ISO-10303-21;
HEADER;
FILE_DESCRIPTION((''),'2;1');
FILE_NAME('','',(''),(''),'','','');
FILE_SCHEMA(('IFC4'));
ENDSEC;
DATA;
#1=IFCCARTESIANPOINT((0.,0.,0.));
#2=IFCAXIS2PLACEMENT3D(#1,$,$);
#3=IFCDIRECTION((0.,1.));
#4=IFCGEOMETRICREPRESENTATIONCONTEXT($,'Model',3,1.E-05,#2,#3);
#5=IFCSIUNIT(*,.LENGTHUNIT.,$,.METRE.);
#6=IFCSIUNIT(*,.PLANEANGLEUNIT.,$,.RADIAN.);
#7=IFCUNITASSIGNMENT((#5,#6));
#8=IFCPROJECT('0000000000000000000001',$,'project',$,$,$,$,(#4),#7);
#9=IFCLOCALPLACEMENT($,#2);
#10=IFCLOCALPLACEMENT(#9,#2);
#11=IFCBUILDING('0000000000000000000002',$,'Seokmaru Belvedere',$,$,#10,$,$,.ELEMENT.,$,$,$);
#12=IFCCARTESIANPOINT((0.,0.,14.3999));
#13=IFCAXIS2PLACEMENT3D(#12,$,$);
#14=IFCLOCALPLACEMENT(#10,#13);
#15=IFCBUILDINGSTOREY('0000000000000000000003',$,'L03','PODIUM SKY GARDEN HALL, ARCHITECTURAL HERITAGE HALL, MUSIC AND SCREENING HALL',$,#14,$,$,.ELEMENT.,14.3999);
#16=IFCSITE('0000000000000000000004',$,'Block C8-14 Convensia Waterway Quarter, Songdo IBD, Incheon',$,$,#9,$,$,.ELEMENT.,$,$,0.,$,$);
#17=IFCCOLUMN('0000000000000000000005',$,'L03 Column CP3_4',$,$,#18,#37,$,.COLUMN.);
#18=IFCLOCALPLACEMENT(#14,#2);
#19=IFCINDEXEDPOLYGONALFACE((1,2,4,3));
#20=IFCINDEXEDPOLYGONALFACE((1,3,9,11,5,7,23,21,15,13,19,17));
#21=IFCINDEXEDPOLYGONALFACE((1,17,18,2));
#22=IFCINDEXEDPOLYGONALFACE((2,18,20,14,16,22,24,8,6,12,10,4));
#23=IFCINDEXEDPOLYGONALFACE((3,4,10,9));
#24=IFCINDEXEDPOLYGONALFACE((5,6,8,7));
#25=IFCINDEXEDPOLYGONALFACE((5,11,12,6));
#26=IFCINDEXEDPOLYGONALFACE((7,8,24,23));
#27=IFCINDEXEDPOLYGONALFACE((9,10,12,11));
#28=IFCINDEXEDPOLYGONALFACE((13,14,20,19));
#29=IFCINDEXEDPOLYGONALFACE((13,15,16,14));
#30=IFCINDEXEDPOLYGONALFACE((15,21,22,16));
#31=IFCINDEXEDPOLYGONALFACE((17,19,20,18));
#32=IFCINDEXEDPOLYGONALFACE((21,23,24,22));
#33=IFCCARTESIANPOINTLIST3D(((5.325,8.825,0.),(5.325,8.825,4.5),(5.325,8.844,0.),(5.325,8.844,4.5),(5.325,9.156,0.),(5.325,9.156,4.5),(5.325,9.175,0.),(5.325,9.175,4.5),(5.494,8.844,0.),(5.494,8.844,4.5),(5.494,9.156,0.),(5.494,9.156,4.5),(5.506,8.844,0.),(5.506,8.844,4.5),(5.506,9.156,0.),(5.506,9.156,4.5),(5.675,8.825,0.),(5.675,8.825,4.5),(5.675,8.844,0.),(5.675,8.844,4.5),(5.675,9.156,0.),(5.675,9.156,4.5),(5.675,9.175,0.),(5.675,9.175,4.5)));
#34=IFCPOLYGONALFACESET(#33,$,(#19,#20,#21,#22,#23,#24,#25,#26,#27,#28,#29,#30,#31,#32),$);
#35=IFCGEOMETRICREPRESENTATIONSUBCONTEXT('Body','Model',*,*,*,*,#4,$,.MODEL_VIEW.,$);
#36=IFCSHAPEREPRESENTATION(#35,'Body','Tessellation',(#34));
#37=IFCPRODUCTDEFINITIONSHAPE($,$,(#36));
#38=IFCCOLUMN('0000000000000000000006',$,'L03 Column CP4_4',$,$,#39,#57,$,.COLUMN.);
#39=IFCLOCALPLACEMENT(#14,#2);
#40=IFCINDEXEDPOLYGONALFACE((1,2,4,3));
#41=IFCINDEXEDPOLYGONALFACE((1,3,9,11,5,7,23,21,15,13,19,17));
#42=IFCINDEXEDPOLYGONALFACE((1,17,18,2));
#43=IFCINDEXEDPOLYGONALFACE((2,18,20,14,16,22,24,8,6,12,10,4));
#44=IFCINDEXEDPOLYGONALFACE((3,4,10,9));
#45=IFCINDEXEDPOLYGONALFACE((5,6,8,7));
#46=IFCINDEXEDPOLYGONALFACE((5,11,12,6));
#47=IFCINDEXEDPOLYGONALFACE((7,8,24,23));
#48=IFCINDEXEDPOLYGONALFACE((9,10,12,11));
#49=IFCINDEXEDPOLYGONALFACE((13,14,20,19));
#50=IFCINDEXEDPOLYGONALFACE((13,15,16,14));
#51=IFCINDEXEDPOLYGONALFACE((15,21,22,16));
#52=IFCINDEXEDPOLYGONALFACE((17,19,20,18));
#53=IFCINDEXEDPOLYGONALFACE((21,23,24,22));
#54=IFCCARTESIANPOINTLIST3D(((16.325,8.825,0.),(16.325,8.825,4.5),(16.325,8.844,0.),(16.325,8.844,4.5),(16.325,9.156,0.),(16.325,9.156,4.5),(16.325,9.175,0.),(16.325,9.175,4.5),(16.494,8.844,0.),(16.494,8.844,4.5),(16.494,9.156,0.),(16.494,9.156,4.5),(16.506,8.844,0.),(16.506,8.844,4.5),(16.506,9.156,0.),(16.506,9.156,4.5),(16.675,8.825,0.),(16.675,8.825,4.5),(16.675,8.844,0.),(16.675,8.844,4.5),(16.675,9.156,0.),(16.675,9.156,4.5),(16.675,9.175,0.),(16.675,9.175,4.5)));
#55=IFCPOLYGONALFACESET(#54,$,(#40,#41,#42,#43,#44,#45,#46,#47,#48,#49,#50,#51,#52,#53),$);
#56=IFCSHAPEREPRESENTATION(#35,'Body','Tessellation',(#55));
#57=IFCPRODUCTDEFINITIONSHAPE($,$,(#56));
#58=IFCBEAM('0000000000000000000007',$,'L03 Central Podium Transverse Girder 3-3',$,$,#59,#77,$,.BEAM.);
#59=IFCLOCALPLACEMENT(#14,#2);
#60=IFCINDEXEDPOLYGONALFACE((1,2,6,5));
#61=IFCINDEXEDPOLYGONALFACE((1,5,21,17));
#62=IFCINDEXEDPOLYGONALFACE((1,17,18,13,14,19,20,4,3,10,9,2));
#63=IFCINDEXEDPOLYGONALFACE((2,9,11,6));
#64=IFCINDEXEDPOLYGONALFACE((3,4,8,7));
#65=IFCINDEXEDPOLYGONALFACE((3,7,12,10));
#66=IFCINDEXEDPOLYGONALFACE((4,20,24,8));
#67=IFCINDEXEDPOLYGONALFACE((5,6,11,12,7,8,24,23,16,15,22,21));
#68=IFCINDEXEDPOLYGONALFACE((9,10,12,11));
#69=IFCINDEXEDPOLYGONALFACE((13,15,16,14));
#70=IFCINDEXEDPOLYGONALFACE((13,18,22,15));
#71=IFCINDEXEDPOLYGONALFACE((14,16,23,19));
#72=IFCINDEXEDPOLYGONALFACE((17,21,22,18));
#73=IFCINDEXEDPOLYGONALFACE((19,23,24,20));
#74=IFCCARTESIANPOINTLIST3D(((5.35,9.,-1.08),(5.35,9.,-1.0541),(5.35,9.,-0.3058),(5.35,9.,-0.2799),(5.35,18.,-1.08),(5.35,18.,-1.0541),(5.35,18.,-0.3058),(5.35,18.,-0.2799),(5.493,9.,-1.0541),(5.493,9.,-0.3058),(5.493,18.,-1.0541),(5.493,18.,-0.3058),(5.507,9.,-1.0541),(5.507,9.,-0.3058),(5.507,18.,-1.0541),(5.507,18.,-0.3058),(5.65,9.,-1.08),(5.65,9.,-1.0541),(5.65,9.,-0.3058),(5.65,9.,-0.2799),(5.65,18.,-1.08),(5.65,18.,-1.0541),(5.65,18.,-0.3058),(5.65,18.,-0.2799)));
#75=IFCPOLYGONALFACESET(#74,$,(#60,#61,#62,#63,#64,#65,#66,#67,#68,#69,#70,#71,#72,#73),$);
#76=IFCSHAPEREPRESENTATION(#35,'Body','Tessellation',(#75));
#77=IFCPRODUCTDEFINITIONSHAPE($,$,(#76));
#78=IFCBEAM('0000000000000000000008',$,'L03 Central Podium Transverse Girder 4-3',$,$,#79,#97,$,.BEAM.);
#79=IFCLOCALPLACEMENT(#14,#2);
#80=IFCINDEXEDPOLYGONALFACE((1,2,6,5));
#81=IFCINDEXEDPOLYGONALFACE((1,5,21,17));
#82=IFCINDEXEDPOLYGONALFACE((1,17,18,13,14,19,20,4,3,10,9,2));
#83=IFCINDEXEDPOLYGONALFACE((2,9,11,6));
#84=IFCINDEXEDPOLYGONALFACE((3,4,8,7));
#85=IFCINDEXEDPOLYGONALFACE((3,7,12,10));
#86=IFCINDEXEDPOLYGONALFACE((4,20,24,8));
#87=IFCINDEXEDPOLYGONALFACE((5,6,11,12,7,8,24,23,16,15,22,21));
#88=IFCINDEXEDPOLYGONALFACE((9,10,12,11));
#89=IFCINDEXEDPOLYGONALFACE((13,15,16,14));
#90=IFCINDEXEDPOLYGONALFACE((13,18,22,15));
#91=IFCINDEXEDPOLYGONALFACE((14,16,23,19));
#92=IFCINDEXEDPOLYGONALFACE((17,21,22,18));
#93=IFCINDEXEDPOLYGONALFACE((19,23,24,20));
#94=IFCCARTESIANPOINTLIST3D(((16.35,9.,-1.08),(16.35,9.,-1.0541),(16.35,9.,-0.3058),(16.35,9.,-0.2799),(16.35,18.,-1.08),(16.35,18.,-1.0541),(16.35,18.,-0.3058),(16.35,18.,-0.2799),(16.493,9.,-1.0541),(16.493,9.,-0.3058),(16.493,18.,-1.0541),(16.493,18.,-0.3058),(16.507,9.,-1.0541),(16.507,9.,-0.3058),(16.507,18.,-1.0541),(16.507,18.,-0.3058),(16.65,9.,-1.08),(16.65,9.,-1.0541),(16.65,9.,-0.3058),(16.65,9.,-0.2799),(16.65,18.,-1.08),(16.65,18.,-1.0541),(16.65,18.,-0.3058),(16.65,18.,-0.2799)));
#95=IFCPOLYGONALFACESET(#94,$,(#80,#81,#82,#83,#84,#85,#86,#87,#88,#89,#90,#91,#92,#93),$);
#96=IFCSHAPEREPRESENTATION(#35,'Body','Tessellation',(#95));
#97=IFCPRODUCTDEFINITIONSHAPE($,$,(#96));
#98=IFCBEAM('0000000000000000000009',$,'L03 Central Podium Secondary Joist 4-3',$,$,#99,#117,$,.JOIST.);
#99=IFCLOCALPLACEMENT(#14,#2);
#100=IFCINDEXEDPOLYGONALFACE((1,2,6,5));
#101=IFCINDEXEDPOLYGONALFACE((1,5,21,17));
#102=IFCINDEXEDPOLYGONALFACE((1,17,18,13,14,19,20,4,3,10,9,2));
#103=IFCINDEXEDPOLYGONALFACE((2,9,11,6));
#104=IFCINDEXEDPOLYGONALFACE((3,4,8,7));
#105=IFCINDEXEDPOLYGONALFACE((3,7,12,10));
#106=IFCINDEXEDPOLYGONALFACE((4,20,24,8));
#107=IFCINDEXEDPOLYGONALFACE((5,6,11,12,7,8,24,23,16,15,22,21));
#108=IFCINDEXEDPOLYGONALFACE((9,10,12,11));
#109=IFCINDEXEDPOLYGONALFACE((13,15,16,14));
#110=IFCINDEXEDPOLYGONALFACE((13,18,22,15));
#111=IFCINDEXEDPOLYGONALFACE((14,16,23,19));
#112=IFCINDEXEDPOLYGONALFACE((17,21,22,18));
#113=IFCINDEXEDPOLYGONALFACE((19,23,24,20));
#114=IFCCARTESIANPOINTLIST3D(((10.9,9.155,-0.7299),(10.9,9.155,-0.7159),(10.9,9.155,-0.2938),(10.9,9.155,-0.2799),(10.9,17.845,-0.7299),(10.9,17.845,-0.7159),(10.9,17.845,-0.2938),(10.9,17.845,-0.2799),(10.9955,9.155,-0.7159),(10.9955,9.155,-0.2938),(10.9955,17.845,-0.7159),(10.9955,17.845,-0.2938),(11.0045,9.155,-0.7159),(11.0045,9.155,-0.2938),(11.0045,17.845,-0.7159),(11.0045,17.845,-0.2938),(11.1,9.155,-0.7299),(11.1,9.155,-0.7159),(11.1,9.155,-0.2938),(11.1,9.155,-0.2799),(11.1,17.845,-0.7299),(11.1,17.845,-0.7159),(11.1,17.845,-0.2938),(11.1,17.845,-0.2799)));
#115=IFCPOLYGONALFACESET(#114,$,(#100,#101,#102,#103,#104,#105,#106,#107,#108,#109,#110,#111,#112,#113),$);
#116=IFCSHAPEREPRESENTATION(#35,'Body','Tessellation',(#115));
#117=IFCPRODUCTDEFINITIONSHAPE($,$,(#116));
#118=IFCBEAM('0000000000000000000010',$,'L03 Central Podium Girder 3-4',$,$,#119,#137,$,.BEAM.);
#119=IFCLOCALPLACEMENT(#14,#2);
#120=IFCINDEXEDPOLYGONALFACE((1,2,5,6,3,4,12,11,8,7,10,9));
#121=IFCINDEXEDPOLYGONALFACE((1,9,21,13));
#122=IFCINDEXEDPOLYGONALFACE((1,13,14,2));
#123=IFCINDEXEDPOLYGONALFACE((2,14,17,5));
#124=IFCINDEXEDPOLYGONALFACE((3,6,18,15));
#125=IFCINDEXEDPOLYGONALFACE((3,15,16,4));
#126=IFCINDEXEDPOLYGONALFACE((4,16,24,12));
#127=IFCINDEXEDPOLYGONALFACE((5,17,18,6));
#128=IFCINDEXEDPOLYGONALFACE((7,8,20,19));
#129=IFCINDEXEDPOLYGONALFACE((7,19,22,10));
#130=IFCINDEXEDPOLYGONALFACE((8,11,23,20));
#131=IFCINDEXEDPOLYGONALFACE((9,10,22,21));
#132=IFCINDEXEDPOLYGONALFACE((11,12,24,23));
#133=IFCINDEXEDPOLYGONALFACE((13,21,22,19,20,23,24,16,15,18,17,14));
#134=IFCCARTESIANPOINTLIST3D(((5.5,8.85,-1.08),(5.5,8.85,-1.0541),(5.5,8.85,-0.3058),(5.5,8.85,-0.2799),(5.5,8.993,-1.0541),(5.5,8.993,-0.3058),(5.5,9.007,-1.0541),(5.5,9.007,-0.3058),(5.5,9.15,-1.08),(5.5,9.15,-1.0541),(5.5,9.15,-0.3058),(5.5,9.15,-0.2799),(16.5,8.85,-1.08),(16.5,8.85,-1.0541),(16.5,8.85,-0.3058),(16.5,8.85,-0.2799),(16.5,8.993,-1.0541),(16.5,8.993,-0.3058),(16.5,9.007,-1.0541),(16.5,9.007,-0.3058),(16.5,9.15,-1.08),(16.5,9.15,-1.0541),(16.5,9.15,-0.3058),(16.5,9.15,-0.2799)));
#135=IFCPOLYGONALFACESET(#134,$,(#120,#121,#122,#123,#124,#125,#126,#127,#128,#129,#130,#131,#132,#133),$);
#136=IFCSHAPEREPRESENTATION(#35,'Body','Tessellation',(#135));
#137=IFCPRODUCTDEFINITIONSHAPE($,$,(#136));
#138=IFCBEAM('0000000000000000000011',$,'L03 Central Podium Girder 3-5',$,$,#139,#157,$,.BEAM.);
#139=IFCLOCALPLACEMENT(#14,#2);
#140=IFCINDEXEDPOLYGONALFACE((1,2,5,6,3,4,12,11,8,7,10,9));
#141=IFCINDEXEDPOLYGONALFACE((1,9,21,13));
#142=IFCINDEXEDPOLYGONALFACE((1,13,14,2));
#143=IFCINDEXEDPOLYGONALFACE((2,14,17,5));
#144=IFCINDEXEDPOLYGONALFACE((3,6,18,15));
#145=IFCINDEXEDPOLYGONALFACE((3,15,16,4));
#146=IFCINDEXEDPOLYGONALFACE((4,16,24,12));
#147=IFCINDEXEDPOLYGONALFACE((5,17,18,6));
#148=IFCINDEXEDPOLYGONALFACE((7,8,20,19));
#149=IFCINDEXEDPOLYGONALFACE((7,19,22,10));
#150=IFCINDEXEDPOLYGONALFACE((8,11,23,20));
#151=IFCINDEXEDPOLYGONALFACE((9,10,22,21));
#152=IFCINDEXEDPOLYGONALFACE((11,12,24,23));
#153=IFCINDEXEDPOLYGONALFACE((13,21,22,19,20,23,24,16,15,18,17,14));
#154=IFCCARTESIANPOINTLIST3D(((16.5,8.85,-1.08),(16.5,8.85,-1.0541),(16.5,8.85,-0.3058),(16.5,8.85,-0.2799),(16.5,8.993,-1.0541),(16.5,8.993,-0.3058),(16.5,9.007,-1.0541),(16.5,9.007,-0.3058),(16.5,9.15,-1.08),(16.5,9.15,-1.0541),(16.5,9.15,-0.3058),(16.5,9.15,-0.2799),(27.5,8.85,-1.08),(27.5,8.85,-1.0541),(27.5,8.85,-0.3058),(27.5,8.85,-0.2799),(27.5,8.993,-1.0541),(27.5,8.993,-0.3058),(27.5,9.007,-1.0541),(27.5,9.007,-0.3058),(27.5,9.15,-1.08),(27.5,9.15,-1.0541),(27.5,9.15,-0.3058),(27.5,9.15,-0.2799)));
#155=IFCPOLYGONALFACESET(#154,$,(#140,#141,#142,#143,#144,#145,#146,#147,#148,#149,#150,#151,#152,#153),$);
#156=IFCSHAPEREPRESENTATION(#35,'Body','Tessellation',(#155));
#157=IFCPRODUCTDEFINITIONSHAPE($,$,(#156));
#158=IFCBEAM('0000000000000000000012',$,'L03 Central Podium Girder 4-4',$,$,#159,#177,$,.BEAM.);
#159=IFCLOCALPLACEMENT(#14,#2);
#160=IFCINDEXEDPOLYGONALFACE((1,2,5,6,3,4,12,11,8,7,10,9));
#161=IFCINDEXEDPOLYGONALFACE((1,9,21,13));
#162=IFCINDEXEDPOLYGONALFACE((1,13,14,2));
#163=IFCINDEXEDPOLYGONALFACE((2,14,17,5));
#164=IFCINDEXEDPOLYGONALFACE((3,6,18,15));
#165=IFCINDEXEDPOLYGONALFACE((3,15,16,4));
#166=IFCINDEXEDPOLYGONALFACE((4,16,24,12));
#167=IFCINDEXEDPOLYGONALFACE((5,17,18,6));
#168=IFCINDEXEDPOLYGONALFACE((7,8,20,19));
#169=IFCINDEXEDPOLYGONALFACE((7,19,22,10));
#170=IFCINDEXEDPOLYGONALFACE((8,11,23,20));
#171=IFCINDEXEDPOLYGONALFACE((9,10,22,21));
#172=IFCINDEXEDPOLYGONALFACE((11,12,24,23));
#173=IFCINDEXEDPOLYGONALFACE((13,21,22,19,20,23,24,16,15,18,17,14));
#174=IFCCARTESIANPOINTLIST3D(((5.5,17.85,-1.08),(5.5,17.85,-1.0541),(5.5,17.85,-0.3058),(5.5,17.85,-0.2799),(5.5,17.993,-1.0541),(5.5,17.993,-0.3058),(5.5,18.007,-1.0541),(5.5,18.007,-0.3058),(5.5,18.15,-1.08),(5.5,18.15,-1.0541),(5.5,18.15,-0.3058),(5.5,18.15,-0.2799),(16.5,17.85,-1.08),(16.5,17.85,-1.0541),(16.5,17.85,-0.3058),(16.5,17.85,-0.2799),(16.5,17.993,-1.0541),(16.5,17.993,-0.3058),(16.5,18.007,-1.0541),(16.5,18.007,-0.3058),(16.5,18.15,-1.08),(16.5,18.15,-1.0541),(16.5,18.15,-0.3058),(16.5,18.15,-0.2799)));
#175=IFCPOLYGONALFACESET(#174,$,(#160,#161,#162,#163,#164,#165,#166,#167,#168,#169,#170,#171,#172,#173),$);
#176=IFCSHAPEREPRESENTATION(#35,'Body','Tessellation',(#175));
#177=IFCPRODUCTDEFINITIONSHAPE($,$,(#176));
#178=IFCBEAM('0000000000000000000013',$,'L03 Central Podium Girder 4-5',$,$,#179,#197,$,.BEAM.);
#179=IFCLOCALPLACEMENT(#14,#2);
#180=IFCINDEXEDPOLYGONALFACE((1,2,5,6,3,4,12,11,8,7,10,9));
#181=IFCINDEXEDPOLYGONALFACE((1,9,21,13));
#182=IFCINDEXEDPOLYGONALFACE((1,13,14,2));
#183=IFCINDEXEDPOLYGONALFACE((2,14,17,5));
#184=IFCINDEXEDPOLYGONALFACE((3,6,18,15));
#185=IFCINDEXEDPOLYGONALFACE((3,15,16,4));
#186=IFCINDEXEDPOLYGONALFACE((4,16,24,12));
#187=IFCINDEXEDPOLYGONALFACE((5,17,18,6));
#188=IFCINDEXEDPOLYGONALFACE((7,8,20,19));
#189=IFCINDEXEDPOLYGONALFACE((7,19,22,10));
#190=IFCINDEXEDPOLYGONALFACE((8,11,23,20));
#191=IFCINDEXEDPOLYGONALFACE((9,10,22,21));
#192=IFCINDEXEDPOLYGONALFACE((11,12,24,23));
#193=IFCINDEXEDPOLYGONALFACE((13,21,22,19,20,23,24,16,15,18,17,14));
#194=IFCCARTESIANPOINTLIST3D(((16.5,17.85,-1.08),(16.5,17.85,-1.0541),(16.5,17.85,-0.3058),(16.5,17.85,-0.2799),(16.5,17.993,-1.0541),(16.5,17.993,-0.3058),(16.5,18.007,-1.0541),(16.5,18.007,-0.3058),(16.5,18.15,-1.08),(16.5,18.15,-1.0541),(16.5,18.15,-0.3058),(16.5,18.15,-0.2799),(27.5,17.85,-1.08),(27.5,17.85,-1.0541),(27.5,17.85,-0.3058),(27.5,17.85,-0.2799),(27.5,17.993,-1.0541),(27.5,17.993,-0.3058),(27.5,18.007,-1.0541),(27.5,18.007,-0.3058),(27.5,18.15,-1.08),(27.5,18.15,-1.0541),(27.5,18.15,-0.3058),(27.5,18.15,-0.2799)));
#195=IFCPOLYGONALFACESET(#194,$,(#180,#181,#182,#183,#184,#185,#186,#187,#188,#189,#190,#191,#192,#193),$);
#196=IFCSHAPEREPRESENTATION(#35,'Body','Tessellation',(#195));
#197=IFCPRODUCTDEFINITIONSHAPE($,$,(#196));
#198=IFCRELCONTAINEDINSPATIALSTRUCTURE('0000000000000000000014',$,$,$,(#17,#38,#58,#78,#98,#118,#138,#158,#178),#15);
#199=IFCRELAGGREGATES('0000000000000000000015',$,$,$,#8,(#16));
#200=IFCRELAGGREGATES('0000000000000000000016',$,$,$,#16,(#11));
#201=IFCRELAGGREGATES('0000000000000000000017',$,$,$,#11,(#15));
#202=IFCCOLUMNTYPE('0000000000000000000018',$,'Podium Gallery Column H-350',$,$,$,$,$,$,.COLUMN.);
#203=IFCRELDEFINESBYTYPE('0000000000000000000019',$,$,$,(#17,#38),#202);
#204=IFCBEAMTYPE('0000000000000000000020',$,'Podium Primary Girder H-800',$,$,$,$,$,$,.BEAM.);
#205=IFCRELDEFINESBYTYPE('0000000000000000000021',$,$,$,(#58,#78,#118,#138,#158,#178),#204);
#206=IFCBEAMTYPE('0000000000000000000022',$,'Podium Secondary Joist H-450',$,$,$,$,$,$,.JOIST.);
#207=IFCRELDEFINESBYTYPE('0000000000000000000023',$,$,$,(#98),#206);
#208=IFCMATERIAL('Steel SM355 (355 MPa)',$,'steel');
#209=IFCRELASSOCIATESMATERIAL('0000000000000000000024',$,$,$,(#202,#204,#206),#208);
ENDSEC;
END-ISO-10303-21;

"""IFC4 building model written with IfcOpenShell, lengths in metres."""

from ifc_helpers import new_model, si_unit, direction, frame, origin, origin_2d, place, context, subcontext, project, spatial, i_section, extrude, source, transform, mapped, material, material_profile, profile_set, type_object, type_shapes, element, save


model = new_model("IFC4")

# Units and contexts
model_context = context("Model", 3, precision=1e-05, world=origin(), true_north=direction((0.0, 1.0)))
body_context = subcontext(model_context, "Body", "Model", "MODEL_VIEW")
ifc_project = project(units=[si_unit("LENGTHUNIT", "METRE"), si_unit("PLANEANGLEUNIT", "RADIAN")], contexts=[model_context])

# Site, building, storey
site_placement = place(None, origin())
site = spatial("IfcSite", under=ifc_project, at=site_placement, Name="Block C8-14 Convensia Waterway Quarter, Songdo IBD, Incheon", CompositionType="ELEMENT", RefElevation=0.0)
building_placement = place(site_placement, origin())
building = spatial("IfcBuilding", under=site, at=building_placement, Name="Seokmaru Belvedere", CompositionType="ELEMENT")
storey_placement = place(building_placement, frame((0.0, 0.0, 14.3999)))
storey = spatial("IfcBuildingStorey", under=building, at=storey_placement, Name="L03", Description="PODIUM SKY GARDEN HALL, ARCHITECTURAL HERITAGE HALL, MUSIC AND SCREENING HALL", CompositionType="ELEMENT", Elevation=14.3999)

# Columns
ifc_material_1 = material(Name="Steel SM355 (355 MPa)", Category="steel")
ifc_material_profile_1 = material_profile(ifc_material_1, i_section(OverallWidth=0.3501, OverallDepth=0.3501, WebThickness=0.012, FlangeThickness=0.019, at=origin_2d()), Name="H-350x350x12x19")
ifc_profile_set_1 = profile_set([ifc_material_profile_1], Name="Steel SM355 (355 MPa)")
column_type = type_object("IfcColumnType", Name="Podium Gallery Column H-350", PredefinedType="COLUMN", material=ifc_profile_set_1)
shared_shape_1 = source(origin(), body_context, "Body", "SweptSolid", [
    extrude(i_section(OverallWidth=0.3501, OverallDepth=0.3501, WebThickness=0.012, FlangeThickness=0.019, at=origin_2d()), origin(), (0.0, 0.0, 1.0), 4.5),
])
type_shapes(column_type, [shared_shape_1])
for number, where, z_axis, x_axis, name in (
    (1, (5.5, 9.0, 0.0), (0.0, 0.0, 1.0), (1.0, 0.0, 0.0), "L03 Column CP3_4"),
    (2, (16.5, 9.0, 0.0), (0.0, 0.0, 1.0), (1.0, 0.0, 0.0), "L03 Column CP4_4"),
):
    element("IfcColumn", number, at=place(storey_placement, frame(where, z_axis=z_axis, x_axis=x_axis)), inside=storey, type_object=column_type, Name=name, PredefinedType="COLUMN", context=body_context, shape_type="MappedRepresentation", body=[
        mapped(shared_shape_1, transform((0.0, 0.0, 0.0), scale=1.0)),
    ])

# Beams
ifc_material_profile_2 = material_profile(ifc_material_1, i_section(OverallWidth=0.3, OverallDepth=0.8, WebThickness=0.0139, FlangeThickness=0.0259, at=origin_2d()), Name="H-800x300x14x26")
ifc_profile_set_2 = profile_set([ifc_material_profile_2], Name="Steel SM355 (355 MPa)")
beam_type_1 = type_object("IfcBeamType", Name="Podium Primary Girder H-800", PredefinedType="BEAM", material=ifc_profile_set_2)
shared_shape_2 = source(origin(), body_context, "Body", "SweptSolid", [
    extrude(i_section(OverallWidth=0.3, OverallDepth=0.8, WebThickness=0.0139, FlangeThickness=0.0259, at=origin_2d()), origin(), (0.0, 0.0, 1.0), 9.0),
])
for number, where, z_axis, x_axis, name in (
    (3, (5.5, 9.0, -0.6799), (0.0, 1.0, 0.0), (-1.0, 0.0, 0.0), "L03 Central Podium Transverse Girder 3-3"),
    (4, (16.5, 9.0, -0.6799), (0.0, 1.0, 0.0), (-1.0, 0.0, 0.0), "L03 Central Podium Transverse Girder 4-3"),
):
    element("IfcBeam", number, at=place(storey_placement, frame(where, z_axis=z_axis, x_axis=x_axis)), inside=storey, type_object=beam_type_1, Name=name, PredefinedType="BEAM", context=body_context, shape_type="MappedRepresentation", body=[
        mapped(shared_shape_2, transform((0.0, 0.0, 0.0), scale=1.0)),
    ])
ifc_material_profile_3 = material_profile(ifc_material_1, i_section(OverallWidth=0.2, OverallDepth=0.45, WebThickness=0.009, FlangeThickness=0.0139, at=origin_2d()), Name="H-450x200x9x14")
ifc_profile_set_3 = profile_set([ifc_material_profile_3], Name="Steel SM355 (355 MPa)")
beam_type_2 = type_object("IfcBeamType", Name="Podium Secondary Joist H-450", PredefinedType="JOIST", material=ifc_profile_set_3)
shared_shape_3 = source(origin(), body_context, "Body", "SweptSolid", [
    extrude(i_section(OverallWidth=0.2, OverallDepth=0.45, WebThickness=0.009, FlangeThickness=0.0139, at=origin_2d()), origin(), (0.0, 0.0, 1.0), 8.6899),
])
type_shapes(beam_type_2, [shared_shape_3])
beam_placement = place(storey_placement, frame((11.0, 9.155, -0.5049), z_axis=(0.0, 1.0, 0.0), x_axis=(-1.0, 0.0, 0.0)))
element("IfcBeam", 5, at=beam_placement, inside=storey, type_object=beam_type_2, Name="L03 Central Podium Secondary Joist 4-3", PredefinedType="JOIST", context=body_context, shape_type="MappedRepresentation", body=[
    mapped(shared_shape_3, transform((0.0, 0.0, 0.0), scale=1.0)),
])
shared_shape_4 = source(origin(), body_context, "Body", "SweptSolid", [
    extrude(i_section(OverallWidth=0.3, OverallDepth=0.8, WebThickness=0.0139, FlangeThickness=0.0259, at=origin_2d()), origin(), (0.0, 0.0, 1.0), 11.0),
])
type_shapes(beam_type_1, [shared_shape_2, shared_shape_4])
for number, where, z_axis, x_axis, name in (
    (6, (5.5, 9.0, -0.6799), (1.0, 0.0, 0.0), (0.0, 1.0, 0.0), "L03 Central Podium Girder 3-4"),
    (7, (16.5, 9.0, -0.6799), (1.0, 0.0, 0.0), (0.0, 1.0, 0.0), "L03 Central Podium Girder 3-5"),
    (8, (5.5, 18.0, -0.6799), (1.0, 0.0, 0.0), (0.0, 1.0, 0.0), "L03 Central Podium Girder 4-4"),
    (9, (16.5, 18.0, -0.6799), (1.0, 0.0, 0.0), (0.0, 1.0, 0.0), "L03 Central Podium Girder 4-5"),
):
    element("IfcBeam", number, at=place(storey_placement, frame(where, z_axis=z_axis, x_axis=x_axis)), inside=storey, type_object=beam_type_1, Name=name, PredefinedType="BEAM", context=body_context, shape_type="MappedRepresentation", body=[
        mapped(shared_shape_4, transform((0.0, 0.0, 0.0), scale=1.0)),
    ])

save(model, "model.ifc")
